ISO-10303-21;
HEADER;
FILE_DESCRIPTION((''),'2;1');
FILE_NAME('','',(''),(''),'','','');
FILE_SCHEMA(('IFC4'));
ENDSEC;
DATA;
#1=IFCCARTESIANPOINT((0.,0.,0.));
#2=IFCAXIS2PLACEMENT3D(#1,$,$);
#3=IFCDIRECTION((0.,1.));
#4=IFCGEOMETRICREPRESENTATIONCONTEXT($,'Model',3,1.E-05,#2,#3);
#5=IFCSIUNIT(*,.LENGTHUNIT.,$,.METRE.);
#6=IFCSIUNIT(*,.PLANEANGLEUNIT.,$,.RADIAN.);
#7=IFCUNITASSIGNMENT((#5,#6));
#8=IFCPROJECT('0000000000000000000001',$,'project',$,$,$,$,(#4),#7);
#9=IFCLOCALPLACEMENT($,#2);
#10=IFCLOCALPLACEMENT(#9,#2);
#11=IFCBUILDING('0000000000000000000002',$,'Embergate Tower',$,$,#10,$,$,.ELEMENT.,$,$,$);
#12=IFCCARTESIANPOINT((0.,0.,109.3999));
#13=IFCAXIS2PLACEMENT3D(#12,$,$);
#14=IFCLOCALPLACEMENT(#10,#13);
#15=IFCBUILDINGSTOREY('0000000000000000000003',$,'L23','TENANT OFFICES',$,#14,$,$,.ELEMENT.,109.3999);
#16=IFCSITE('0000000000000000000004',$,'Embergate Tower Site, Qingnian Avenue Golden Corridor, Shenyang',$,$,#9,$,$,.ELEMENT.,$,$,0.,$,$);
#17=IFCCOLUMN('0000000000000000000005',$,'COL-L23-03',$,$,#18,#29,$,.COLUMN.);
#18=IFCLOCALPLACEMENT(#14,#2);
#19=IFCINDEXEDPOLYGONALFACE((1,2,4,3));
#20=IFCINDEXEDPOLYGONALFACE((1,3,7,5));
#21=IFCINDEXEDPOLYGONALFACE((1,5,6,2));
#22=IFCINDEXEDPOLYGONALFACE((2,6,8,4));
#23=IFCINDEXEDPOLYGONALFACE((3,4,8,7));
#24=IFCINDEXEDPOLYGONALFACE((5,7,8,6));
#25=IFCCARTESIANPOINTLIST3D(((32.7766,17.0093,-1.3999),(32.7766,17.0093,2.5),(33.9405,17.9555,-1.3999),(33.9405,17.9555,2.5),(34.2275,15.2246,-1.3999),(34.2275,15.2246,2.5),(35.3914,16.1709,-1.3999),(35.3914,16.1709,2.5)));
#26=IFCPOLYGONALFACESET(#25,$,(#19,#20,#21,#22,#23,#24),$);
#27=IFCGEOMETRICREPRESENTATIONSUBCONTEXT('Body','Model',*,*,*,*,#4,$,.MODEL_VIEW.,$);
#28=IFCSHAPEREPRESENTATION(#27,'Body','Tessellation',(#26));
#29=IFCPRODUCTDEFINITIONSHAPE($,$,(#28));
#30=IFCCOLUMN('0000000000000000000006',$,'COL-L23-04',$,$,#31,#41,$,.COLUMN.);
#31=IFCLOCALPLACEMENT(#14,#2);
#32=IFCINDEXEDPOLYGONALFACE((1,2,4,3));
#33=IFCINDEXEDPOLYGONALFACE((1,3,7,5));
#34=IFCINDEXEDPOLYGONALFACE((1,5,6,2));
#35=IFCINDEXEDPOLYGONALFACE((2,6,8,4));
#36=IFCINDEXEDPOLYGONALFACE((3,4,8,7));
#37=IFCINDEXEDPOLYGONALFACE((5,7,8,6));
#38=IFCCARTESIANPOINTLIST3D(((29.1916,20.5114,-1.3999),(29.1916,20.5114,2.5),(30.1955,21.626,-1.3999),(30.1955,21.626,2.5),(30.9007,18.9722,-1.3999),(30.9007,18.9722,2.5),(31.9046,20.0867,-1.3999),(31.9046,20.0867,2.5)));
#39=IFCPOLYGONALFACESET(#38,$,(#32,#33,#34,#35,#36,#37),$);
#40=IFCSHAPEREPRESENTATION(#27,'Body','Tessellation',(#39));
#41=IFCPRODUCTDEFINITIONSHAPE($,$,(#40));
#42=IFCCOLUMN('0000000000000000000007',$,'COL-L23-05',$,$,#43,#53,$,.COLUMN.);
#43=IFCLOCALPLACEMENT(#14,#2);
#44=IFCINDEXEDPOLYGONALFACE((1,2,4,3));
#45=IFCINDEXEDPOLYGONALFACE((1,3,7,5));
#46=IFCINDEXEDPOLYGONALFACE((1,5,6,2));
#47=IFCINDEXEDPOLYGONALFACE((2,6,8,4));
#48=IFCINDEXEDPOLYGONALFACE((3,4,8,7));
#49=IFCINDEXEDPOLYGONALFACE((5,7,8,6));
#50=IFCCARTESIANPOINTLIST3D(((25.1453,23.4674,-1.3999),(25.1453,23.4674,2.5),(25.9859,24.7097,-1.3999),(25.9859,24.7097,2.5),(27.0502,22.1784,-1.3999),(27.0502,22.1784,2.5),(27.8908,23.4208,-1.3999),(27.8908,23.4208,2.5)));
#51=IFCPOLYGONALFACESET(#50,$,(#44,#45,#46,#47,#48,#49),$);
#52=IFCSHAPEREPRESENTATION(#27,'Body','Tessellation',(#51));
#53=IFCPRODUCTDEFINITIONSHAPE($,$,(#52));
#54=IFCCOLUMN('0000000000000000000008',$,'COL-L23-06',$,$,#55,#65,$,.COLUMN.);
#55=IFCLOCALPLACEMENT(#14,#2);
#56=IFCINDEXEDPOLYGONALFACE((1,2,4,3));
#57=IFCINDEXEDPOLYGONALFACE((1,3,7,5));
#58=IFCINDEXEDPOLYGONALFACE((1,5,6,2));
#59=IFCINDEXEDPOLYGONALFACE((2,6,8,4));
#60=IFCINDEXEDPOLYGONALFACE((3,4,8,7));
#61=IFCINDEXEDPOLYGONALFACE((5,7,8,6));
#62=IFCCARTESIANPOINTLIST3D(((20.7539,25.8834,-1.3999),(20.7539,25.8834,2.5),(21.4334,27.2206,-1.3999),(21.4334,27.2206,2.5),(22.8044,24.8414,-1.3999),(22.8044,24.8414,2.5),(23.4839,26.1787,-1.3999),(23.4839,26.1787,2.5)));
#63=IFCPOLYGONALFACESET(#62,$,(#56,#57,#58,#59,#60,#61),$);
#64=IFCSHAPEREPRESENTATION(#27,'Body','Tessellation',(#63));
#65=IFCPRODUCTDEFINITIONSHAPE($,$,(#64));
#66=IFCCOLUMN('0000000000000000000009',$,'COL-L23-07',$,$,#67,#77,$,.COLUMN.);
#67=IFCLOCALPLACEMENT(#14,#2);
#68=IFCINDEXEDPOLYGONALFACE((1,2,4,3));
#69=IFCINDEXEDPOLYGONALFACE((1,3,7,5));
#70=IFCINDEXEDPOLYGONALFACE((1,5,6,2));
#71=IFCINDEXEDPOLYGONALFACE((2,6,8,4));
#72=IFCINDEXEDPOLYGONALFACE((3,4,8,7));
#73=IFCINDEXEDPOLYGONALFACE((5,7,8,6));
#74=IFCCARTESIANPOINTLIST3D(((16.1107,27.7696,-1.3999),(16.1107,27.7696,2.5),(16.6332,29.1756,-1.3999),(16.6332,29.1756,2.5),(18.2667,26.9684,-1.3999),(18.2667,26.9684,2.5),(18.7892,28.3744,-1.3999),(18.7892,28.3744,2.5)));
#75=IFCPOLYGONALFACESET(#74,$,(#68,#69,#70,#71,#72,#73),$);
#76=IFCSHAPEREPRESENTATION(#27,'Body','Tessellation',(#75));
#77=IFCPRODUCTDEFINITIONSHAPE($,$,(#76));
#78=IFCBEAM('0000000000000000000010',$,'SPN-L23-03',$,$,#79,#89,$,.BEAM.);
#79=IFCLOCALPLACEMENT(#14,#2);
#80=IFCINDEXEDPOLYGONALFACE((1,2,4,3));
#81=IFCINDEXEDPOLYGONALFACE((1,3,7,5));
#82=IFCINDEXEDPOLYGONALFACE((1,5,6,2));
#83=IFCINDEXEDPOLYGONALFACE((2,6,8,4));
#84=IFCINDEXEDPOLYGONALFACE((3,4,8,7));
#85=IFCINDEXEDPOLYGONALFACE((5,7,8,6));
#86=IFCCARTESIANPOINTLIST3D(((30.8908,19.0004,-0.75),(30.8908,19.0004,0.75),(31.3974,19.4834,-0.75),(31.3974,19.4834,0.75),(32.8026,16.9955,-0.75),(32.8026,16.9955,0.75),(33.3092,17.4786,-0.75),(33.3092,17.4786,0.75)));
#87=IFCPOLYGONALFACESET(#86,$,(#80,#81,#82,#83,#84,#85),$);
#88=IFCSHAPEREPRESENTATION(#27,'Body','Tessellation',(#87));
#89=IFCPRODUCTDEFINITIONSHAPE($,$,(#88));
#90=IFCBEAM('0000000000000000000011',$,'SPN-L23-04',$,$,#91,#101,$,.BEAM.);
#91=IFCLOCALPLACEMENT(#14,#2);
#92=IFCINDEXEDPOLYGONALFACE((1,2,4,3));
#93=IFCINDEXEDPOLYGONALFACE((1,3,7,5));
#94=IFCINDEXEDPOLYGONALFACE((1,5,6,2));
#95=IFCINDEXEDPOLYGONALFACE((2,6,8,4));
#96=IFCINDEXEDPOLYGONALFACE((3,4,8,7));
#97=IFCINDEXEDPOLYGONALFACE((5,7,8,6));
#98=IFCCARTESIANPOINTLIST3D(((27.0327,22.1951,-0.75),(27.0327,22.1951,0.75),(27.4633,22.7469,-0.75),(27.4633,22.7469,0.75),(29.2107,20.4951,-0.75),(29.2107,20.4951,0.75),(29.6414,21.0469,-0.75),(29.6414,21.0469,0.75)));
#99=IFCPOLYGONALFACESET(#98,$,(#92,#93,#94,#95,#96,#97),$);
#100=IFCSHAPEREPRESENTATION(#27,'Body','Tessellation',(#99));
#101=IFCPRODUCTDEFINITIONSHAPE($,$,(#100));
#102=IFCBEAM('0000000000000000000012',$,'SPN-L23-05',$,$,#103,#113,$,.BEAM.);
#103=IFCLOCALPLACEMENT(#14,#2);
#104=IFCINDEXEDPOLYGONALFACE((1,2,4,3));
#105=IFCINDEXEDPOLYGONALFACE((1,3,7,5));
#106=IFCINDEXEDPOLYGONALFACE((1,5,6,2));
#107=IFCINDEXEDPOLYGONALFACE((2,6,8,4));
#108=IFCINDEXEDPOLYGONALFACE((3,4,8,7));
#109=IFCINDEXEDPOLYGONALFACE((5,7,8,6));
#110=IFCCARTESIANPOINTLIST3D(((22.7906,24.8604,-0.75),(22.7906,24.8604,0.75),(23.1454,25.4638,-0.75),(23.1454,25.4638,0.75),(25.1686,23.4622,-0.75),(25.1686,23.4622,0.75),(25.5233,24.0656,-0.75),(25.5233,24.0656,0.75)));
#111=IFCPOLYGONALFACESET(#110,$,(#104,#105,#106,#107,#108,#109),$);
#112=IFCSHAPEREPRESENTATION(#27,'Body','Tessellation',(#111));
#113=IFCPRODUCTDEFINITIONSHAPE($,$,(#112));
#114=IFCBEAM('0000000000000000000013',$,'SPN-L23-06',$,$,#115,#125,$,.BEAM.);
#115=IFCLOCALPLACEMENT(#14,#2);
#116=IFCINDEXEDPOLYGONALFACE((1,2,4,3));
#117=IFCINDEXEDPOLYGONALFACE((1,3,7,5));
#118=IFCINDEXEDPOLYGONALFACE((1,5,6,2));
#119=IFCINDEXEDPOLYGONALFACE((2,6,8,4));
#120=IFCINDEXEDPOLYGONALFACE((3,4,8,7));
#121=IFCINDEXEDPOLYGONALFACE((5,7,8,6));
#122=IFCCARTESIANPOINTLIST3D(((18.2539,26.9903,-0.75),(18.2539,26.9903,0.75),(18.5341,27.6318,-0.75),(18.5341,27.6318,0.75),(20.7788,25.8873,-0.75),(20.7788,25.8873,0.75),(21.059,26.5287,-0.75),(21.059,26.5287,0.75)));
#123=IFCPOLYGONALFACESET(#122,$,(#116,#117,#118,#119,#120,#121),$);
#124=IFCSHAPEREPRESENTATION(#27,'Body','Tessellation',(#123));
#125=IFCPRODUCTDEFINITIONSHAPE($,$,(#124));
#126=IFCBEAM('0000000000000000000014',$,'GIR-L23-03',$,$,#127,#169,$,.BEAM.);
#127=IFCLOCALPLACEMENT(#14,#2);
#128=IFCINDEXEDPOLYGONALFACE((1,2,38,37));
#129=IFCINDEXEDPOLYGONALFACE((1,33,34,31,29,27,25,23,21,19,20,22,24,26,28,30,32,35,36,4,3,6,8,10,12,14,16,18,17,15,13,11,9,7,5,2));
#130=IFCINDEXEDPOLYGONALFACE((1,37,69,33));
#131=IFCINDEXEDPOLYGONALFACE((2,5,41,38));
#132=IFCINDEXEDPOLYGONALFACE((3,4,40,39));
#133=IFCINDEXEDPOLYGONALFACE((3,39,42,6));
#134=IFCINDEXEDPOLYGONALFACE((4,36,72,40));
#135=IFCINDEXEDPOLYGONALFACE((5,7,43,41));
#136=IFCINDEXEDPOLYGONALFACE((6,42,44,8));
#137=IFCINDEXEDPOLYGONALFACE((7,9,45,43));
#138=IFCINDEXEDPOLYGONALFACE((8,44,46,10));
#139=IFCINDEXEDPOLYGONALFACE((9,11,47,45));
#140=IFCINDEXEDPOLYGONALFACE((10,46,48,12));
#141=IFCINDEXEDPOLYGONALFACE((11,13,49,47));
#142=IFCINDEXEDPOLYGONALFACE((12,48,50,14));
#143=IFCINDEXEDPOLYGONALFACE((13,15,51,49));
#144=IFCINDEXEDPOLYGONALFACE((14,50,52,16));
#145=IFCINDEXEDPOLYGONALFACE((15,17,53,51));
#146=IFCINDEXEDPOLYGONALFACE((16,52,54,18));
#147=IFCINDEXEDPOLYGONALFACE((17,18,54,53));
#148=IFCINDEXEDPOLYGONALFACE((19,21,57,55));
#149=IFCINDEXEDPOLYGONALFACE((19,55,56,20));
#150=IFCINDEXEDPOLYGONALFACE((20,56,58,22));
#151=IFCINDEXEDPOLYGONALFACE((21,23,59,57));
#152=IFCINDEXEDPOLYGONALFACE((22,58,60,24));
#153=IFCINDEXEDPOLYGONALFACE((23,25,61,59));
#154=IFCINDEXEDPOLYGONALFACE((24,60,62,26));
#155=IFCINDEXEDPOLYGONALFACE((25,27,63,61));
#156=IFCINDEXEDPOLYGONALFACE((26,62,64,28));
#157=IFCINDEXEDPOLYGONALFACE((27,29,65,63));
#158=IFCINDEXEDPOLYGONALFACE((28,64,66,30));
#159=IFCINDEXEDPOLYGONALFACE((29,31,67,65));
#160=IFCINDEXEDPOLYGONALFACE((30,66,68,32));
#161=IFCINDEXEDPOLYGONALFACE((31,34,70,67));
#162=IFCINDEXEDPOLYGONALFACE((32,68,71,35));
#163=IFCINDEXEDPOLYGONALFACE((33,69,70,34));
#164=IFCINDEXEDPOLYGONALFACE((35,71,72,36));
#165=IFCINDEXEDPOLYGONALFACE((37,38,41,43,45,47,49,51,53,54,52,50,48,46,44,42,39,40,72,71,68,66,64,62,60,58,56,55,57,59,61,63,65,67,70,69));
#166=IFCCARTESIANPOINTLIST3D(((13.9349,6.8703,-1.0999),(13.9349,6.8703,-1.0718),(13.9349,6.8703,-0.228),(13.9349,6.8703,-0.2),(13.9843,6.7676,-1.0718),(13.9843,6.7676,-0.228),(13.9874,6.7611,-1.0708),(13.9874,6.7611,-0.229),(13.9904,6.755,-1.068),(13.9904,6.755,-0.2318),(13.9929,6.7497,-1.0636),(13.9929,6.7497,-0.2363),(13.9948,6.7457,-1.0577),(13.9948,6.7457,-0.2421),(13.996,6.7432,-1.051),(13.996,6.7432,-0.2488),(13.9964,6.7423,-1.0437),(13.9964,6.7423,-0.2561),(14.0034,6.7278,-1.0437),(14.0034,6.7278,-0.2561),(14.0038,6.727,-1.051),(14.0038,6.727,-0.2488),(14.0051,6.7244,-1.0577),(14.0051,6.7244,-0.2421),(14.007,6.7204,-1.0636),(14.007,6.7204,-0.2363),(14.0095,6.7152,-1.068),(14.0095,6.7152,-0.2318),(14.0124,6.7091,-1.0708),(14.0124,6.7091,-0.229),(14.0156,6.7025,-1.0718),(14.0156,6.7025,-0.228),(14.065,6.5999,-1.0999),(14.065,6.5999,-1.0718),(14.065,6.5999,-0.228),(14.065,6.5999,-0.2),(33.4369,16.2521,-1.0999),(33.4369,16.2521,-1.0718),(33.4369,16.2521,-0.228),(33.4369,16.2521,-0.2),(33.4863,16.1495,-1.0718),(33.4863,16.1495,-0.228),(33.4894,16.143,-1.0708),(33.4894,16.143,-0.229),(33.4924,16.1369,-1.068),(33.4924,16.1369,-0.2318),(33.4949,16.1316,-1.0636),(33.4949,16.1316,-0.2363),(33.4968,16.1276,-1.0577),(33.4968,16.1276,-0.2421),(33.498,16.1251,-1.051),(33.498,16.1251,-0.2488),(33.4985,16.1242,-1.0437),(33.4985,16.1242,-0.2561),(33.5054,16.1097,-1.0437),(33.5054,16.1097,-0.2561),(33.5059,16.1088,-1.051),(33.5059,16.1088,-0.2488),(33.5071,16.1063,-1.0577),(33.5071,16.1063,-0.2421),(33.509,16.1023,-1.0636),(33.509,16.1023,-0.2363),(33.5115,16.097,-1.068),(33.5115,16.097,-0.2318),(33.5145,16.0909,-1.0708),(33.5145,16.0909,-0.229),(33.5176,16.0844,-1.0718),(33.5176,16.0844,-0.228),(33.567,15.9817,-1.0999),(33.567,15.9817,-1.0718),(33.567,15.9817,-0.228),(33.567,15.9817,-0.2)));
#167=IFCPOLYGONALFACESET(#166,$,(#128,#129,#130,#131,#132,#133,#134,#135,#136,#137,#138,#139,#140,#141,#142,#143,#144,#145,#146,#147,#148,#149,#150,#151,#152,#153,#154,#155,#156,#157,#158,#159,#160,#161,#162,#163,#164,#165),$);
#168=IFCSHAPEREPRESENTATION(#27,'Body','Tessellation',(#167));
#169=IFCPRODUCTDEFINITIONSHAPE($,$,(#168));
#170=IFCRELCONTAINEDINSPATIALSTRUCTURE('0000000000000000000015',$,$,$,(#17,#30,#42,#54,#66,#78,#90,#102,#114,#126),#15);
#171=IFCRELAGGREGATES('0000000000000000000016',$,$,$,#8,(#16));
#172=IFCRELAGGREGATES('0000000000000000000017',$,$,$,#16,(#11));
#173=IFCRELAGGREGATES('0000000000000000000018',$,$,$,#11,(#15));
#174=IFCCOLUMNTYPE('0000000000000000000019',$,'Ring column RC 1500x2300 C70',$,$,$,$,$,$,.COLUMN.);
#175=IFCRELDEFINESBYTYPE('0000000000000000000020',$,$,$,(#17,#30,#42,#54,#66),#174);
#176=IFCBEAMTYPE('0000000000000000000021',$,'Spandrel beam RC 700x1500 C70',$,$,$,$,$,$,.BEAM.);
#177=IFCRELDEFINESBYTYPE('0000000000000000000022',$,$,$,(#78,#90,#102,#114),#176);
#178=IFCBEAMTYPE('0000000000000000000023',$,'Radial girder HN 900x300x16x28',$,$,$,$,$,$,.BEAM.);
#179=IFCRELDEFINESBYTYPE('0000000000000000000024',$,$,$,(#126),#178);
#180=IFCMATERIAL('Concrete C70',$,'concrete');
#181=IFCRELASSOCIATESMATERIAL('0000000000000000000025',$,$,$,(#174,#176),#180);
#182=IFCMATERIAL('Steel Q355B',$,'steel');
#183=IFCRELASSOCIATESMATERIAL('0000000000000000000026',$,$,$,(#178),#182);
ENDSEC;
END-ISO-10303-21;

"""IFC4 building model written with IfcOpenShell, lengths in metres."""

from ifc_helpers import new_model, si_unit, direction, frame, origin, origin_2d, place, context, subcontext, project, spatial, rectangle, i_section, extrude, source, transform, mapped, material, material_profile, profile_set, type_object, element, save


model = new_model("IFC4")

# Units and contexts
model_context = context("Model", 3, precision=1e-05, world=origin(), true_north=direction((0.0, 1.0)))
body_context = subcontext(model_context, "Body", "Model", "MODEL_VIEW")
ifc_project = project(units=[si_unit("LENGTHUNIT", "METRE"), si_unit("PLANEANGLEUNIT", "RADIAN")], contexts=[model_context])

# Site, building, storey
site_placement = place(None, origin())
site = spatial("IfcSite", under=ifc_project, at=site_placement, Name="Embergate Tower Site, Qingnian Avenue Golden Corridor, Shenyang", CompositionType="ELEMENT", RefElevation=0.0)
building_placement = place(site_placement, origin())
building = spatial("IfcBuilding", under=site, at=building_placement, Name="Embergate Tower", CompositionType="ELEMENT")
storey_placement = place(building_placement, frame((0.0, 0.0, 109.3999)))
storey = spatial("IfcBuildingStorey", under=building, at=storey_placement, Name="L23", Description="TENANT OFFICES", CompositionType="ELEMENT", Elevation=109.3999)

# Columns
ifc_material_1 = material(Name="Concrete C70", Category="concrete")
ifc_material_profile_1 = material_profile(ifc_material_1, rectangle(XDim=1.5, YDim=2.3, at=origin_2d()), Name="RC 1500x2300")
ifc_profile_set_1 = profile_set([ifc_material_profile_1], Name="Concrete C70")
column_type = type_object("IfcColumnType", Name="Ring column RC 1500x2300 C70", PredefinedType="COLUMN", material=ifc_profile_set_1)
shared_shape_1 = source(origin(), body_context, "Body", "SweptSolid", [
    extrude(rectangle(XDim=1.5, YDim=2.3, at=origin_2d()), origin(), (0.0, 0.0, 1.0), 3.8999),
])
for number, where, z_axis, x_axis, name in (
    (1, (34.084, 16.5901, -1.3999), (0.0, 0.0, 1.0), (0.775925, 0.630825, 0.0), "COL-L23-03"),
    (2, (30.5481, 20.2991, -1.3999), (0.0, 0.0, 1.0), (0.669221, 0.743063, 0.0), "COL-L23-04"),
    (3, (26.5181, 23.4441, -1.3999), (0.0, 0.0, 1.0), (0.560408, 0.828217, 0.0), "COL-L23-05"),
    (4, (22.1189, 26.031, -1.3999), (0.0, 0.0, 1.0), (0.453011, 0.891505, 0.0), "COL-L23-06"),
    (5, (17.45, 28.072, -1.3999), (0.0, 0.0, 1.0), (0.348343, 0.937367, 0.0), "COL-L23-07"),
):
    element("IfcColumn", number, at=place(storey_placement, frame(where, z_axis=z_axis, x_axis=x_axis)), inside=storey, type_object=column_type, Name=name, PredefinedType="COLUMN", context=body_context, shape_type="MappedRepresentation", body=[
        mapped(shared_shape_1, transform((0.0, 0.0, 0.0))),
    ])

# Beams
ifc_material_profile_2 = material_profile(ifc_material_1, rectangle(XDim=0.7, YDim=1.5, at=origin_2d()), Name="RC 700x1500")
ifc_profile_set_2 = profile_set([ifc_material_profile_2], Name="Concrete C70")
beam_type_1 = type_object("IfcBeamType", Name="Spandrel beam RC 700x1500 C70", PredefinedType="BEAM", material=ifc_profile_set_2)
shared_shape_2 = source(origin(), body_context, "Body", "SweptSolid", [
    extrude(rectangle(XDim=0.7, YDim=1.5, at=origin_2d()), origin(), (0.0, 0.0, 1.0), 2.7703),
])
beam_1_placement = place(storey_placement, frame((33.0559, 17.2371, 0.0), z_axis=(-0.690119, 0.723696, 0.0), x_axis=(-0.723696, -0.690119, 0.0)))
element("IfcBeam", 6, at=beam_1_placement, inside=storey, type_object=beam_type_1, Name="SPN-L23-03", PredefinedType="BEAM", context=body_context, shape_type="MappedRepresentation", body=[
    mapped(shared_shape_2, transform((0.0, 0.0, 0.0))),
])
shared_shape_3 = source(origin(), body_context, "Body", "SweptSolid", [
    extrude(rectangle(XDim=0.7, YDim=1.5, at=origin_2d()), origin(), (0.0, 0.0, 1.0), 2.7629),
])
beam_2_placement = place(storey_placement, frame((29.426, 20.771, 0.0), z_axis=(-0.788304, 0.615286, 0.0), x_axis=(-0.615286, -0.788304, 0.0)))
element("IfcBeam", 7, at=beam_2_placement, inside=storey, type_object=beam_type_1, Name="SPN-L23-04", PredefinedType="BEAM", context=body_context, shape_type="MappedRepresentation", body=[
    mapped(shared_shape_3, transform((0.0, 0.0, 0.0))),
])
shared_shape_4 = source(origin(), body_context, "Body", "SweptSolid", [
    extrude(rectangle(XDim=0.7, YDim=1.5, at=origin_2d()), origin(), (0.0, 0.0, 1.0), 2.7585),
])
beam_3_placement = place(storey_placement, frame((25.3459, 23.7639, 0.0), z_axis=(-0.862027, 0.506862, 0.0), x_axis=(-0.506862, -0.862027, 0.0)))
element("IfcBeam", 8, at=beam_3_placement, inside=storey, type_object=beam_type_1, Name="SPN-L23-05", PredefinedType="BEAM", context=body_context, shape_type="MappedRepresentation", body=[
    mapped(shared_shape_4, transform((0.0, 0.0, 0.0))),
])
shared_shape_5 = source(origin(), body_context, "Body", "SweptSolid", [
    extrude(rectangle(XDim=0.7, YDim=1.5, at=origin_2d()), origin(), (0.0, 0.0, 1.0), 2.7554),
])
beam_4_placement = place(storey_placement, frame((20.9189, 26.208, 0.0), z_axis=(-0.916373, 0.400326, 0.0), x_axis=(-0.400326, -0.916373, 0.0)))
element("IfcBeam", 9, at=beam_4_placement, inside=storey, type_object=beam_type_1, Name="SPN-L23-06", PredefinedType="BEAM", context=body_context, shape_type="MappedRepresentation", body=[
    mapped(shared_shape_5, transform((0.0, 0.0, 0.0))),
])
ifc_material_2 = material(Name="Steel Q355B", Category="steel")
ifc_material_profile_3 = material_profile(ifc_material_2, i_section(OverallWidth=0.3, OverallDepth=0.8999, WebThickness=0.0161, FlangeThickness=0.0281, FilletRadius=0.0281, at=origin_2d()), Name="HN 900x300x16x28")
ifc_profile_set_3 = profile_set([ifc_material_profile_3], Name="Steel Q355 grade B")
beam_type_2 = type_object("IfcBeamType", Name="Radial girder HN 900x300x16x28", PredefinedType="BEAM", material=ifc_profile_set_3)
shared_shape_6 = source(origin(), body_context, "Body", "SweptSolid", [
    extrude(i_section(OverallWidth=0.3, OverallDepth=0.8999, WebThickness=0.0161, FlangeThickness=0.0281, FilletRadius=0.0281, at=origin_2d()), origin(), (0.0, 0.0, 1.0), 21.6414),
])
beam_5_placement = place(storey_placement, frame((33.502, 16.1169, -0.6499), z_axis=(-0.901146, -0.433516, 0.0), x_axis=(0.433516, -0.901146, 0.0)))
element("IfcBeam", 10, at=beam_5_placement, inside=storey, type_object=beam_type_2, Name="GIR-L23-03", PredefinedType="BEAM", context=body_context, shape_type="MappedRepresentation", body=[
    mapped(shared_shape_6, transform((0.0, 0.0, 0.0))),
])

save(model, "model.ifc")
